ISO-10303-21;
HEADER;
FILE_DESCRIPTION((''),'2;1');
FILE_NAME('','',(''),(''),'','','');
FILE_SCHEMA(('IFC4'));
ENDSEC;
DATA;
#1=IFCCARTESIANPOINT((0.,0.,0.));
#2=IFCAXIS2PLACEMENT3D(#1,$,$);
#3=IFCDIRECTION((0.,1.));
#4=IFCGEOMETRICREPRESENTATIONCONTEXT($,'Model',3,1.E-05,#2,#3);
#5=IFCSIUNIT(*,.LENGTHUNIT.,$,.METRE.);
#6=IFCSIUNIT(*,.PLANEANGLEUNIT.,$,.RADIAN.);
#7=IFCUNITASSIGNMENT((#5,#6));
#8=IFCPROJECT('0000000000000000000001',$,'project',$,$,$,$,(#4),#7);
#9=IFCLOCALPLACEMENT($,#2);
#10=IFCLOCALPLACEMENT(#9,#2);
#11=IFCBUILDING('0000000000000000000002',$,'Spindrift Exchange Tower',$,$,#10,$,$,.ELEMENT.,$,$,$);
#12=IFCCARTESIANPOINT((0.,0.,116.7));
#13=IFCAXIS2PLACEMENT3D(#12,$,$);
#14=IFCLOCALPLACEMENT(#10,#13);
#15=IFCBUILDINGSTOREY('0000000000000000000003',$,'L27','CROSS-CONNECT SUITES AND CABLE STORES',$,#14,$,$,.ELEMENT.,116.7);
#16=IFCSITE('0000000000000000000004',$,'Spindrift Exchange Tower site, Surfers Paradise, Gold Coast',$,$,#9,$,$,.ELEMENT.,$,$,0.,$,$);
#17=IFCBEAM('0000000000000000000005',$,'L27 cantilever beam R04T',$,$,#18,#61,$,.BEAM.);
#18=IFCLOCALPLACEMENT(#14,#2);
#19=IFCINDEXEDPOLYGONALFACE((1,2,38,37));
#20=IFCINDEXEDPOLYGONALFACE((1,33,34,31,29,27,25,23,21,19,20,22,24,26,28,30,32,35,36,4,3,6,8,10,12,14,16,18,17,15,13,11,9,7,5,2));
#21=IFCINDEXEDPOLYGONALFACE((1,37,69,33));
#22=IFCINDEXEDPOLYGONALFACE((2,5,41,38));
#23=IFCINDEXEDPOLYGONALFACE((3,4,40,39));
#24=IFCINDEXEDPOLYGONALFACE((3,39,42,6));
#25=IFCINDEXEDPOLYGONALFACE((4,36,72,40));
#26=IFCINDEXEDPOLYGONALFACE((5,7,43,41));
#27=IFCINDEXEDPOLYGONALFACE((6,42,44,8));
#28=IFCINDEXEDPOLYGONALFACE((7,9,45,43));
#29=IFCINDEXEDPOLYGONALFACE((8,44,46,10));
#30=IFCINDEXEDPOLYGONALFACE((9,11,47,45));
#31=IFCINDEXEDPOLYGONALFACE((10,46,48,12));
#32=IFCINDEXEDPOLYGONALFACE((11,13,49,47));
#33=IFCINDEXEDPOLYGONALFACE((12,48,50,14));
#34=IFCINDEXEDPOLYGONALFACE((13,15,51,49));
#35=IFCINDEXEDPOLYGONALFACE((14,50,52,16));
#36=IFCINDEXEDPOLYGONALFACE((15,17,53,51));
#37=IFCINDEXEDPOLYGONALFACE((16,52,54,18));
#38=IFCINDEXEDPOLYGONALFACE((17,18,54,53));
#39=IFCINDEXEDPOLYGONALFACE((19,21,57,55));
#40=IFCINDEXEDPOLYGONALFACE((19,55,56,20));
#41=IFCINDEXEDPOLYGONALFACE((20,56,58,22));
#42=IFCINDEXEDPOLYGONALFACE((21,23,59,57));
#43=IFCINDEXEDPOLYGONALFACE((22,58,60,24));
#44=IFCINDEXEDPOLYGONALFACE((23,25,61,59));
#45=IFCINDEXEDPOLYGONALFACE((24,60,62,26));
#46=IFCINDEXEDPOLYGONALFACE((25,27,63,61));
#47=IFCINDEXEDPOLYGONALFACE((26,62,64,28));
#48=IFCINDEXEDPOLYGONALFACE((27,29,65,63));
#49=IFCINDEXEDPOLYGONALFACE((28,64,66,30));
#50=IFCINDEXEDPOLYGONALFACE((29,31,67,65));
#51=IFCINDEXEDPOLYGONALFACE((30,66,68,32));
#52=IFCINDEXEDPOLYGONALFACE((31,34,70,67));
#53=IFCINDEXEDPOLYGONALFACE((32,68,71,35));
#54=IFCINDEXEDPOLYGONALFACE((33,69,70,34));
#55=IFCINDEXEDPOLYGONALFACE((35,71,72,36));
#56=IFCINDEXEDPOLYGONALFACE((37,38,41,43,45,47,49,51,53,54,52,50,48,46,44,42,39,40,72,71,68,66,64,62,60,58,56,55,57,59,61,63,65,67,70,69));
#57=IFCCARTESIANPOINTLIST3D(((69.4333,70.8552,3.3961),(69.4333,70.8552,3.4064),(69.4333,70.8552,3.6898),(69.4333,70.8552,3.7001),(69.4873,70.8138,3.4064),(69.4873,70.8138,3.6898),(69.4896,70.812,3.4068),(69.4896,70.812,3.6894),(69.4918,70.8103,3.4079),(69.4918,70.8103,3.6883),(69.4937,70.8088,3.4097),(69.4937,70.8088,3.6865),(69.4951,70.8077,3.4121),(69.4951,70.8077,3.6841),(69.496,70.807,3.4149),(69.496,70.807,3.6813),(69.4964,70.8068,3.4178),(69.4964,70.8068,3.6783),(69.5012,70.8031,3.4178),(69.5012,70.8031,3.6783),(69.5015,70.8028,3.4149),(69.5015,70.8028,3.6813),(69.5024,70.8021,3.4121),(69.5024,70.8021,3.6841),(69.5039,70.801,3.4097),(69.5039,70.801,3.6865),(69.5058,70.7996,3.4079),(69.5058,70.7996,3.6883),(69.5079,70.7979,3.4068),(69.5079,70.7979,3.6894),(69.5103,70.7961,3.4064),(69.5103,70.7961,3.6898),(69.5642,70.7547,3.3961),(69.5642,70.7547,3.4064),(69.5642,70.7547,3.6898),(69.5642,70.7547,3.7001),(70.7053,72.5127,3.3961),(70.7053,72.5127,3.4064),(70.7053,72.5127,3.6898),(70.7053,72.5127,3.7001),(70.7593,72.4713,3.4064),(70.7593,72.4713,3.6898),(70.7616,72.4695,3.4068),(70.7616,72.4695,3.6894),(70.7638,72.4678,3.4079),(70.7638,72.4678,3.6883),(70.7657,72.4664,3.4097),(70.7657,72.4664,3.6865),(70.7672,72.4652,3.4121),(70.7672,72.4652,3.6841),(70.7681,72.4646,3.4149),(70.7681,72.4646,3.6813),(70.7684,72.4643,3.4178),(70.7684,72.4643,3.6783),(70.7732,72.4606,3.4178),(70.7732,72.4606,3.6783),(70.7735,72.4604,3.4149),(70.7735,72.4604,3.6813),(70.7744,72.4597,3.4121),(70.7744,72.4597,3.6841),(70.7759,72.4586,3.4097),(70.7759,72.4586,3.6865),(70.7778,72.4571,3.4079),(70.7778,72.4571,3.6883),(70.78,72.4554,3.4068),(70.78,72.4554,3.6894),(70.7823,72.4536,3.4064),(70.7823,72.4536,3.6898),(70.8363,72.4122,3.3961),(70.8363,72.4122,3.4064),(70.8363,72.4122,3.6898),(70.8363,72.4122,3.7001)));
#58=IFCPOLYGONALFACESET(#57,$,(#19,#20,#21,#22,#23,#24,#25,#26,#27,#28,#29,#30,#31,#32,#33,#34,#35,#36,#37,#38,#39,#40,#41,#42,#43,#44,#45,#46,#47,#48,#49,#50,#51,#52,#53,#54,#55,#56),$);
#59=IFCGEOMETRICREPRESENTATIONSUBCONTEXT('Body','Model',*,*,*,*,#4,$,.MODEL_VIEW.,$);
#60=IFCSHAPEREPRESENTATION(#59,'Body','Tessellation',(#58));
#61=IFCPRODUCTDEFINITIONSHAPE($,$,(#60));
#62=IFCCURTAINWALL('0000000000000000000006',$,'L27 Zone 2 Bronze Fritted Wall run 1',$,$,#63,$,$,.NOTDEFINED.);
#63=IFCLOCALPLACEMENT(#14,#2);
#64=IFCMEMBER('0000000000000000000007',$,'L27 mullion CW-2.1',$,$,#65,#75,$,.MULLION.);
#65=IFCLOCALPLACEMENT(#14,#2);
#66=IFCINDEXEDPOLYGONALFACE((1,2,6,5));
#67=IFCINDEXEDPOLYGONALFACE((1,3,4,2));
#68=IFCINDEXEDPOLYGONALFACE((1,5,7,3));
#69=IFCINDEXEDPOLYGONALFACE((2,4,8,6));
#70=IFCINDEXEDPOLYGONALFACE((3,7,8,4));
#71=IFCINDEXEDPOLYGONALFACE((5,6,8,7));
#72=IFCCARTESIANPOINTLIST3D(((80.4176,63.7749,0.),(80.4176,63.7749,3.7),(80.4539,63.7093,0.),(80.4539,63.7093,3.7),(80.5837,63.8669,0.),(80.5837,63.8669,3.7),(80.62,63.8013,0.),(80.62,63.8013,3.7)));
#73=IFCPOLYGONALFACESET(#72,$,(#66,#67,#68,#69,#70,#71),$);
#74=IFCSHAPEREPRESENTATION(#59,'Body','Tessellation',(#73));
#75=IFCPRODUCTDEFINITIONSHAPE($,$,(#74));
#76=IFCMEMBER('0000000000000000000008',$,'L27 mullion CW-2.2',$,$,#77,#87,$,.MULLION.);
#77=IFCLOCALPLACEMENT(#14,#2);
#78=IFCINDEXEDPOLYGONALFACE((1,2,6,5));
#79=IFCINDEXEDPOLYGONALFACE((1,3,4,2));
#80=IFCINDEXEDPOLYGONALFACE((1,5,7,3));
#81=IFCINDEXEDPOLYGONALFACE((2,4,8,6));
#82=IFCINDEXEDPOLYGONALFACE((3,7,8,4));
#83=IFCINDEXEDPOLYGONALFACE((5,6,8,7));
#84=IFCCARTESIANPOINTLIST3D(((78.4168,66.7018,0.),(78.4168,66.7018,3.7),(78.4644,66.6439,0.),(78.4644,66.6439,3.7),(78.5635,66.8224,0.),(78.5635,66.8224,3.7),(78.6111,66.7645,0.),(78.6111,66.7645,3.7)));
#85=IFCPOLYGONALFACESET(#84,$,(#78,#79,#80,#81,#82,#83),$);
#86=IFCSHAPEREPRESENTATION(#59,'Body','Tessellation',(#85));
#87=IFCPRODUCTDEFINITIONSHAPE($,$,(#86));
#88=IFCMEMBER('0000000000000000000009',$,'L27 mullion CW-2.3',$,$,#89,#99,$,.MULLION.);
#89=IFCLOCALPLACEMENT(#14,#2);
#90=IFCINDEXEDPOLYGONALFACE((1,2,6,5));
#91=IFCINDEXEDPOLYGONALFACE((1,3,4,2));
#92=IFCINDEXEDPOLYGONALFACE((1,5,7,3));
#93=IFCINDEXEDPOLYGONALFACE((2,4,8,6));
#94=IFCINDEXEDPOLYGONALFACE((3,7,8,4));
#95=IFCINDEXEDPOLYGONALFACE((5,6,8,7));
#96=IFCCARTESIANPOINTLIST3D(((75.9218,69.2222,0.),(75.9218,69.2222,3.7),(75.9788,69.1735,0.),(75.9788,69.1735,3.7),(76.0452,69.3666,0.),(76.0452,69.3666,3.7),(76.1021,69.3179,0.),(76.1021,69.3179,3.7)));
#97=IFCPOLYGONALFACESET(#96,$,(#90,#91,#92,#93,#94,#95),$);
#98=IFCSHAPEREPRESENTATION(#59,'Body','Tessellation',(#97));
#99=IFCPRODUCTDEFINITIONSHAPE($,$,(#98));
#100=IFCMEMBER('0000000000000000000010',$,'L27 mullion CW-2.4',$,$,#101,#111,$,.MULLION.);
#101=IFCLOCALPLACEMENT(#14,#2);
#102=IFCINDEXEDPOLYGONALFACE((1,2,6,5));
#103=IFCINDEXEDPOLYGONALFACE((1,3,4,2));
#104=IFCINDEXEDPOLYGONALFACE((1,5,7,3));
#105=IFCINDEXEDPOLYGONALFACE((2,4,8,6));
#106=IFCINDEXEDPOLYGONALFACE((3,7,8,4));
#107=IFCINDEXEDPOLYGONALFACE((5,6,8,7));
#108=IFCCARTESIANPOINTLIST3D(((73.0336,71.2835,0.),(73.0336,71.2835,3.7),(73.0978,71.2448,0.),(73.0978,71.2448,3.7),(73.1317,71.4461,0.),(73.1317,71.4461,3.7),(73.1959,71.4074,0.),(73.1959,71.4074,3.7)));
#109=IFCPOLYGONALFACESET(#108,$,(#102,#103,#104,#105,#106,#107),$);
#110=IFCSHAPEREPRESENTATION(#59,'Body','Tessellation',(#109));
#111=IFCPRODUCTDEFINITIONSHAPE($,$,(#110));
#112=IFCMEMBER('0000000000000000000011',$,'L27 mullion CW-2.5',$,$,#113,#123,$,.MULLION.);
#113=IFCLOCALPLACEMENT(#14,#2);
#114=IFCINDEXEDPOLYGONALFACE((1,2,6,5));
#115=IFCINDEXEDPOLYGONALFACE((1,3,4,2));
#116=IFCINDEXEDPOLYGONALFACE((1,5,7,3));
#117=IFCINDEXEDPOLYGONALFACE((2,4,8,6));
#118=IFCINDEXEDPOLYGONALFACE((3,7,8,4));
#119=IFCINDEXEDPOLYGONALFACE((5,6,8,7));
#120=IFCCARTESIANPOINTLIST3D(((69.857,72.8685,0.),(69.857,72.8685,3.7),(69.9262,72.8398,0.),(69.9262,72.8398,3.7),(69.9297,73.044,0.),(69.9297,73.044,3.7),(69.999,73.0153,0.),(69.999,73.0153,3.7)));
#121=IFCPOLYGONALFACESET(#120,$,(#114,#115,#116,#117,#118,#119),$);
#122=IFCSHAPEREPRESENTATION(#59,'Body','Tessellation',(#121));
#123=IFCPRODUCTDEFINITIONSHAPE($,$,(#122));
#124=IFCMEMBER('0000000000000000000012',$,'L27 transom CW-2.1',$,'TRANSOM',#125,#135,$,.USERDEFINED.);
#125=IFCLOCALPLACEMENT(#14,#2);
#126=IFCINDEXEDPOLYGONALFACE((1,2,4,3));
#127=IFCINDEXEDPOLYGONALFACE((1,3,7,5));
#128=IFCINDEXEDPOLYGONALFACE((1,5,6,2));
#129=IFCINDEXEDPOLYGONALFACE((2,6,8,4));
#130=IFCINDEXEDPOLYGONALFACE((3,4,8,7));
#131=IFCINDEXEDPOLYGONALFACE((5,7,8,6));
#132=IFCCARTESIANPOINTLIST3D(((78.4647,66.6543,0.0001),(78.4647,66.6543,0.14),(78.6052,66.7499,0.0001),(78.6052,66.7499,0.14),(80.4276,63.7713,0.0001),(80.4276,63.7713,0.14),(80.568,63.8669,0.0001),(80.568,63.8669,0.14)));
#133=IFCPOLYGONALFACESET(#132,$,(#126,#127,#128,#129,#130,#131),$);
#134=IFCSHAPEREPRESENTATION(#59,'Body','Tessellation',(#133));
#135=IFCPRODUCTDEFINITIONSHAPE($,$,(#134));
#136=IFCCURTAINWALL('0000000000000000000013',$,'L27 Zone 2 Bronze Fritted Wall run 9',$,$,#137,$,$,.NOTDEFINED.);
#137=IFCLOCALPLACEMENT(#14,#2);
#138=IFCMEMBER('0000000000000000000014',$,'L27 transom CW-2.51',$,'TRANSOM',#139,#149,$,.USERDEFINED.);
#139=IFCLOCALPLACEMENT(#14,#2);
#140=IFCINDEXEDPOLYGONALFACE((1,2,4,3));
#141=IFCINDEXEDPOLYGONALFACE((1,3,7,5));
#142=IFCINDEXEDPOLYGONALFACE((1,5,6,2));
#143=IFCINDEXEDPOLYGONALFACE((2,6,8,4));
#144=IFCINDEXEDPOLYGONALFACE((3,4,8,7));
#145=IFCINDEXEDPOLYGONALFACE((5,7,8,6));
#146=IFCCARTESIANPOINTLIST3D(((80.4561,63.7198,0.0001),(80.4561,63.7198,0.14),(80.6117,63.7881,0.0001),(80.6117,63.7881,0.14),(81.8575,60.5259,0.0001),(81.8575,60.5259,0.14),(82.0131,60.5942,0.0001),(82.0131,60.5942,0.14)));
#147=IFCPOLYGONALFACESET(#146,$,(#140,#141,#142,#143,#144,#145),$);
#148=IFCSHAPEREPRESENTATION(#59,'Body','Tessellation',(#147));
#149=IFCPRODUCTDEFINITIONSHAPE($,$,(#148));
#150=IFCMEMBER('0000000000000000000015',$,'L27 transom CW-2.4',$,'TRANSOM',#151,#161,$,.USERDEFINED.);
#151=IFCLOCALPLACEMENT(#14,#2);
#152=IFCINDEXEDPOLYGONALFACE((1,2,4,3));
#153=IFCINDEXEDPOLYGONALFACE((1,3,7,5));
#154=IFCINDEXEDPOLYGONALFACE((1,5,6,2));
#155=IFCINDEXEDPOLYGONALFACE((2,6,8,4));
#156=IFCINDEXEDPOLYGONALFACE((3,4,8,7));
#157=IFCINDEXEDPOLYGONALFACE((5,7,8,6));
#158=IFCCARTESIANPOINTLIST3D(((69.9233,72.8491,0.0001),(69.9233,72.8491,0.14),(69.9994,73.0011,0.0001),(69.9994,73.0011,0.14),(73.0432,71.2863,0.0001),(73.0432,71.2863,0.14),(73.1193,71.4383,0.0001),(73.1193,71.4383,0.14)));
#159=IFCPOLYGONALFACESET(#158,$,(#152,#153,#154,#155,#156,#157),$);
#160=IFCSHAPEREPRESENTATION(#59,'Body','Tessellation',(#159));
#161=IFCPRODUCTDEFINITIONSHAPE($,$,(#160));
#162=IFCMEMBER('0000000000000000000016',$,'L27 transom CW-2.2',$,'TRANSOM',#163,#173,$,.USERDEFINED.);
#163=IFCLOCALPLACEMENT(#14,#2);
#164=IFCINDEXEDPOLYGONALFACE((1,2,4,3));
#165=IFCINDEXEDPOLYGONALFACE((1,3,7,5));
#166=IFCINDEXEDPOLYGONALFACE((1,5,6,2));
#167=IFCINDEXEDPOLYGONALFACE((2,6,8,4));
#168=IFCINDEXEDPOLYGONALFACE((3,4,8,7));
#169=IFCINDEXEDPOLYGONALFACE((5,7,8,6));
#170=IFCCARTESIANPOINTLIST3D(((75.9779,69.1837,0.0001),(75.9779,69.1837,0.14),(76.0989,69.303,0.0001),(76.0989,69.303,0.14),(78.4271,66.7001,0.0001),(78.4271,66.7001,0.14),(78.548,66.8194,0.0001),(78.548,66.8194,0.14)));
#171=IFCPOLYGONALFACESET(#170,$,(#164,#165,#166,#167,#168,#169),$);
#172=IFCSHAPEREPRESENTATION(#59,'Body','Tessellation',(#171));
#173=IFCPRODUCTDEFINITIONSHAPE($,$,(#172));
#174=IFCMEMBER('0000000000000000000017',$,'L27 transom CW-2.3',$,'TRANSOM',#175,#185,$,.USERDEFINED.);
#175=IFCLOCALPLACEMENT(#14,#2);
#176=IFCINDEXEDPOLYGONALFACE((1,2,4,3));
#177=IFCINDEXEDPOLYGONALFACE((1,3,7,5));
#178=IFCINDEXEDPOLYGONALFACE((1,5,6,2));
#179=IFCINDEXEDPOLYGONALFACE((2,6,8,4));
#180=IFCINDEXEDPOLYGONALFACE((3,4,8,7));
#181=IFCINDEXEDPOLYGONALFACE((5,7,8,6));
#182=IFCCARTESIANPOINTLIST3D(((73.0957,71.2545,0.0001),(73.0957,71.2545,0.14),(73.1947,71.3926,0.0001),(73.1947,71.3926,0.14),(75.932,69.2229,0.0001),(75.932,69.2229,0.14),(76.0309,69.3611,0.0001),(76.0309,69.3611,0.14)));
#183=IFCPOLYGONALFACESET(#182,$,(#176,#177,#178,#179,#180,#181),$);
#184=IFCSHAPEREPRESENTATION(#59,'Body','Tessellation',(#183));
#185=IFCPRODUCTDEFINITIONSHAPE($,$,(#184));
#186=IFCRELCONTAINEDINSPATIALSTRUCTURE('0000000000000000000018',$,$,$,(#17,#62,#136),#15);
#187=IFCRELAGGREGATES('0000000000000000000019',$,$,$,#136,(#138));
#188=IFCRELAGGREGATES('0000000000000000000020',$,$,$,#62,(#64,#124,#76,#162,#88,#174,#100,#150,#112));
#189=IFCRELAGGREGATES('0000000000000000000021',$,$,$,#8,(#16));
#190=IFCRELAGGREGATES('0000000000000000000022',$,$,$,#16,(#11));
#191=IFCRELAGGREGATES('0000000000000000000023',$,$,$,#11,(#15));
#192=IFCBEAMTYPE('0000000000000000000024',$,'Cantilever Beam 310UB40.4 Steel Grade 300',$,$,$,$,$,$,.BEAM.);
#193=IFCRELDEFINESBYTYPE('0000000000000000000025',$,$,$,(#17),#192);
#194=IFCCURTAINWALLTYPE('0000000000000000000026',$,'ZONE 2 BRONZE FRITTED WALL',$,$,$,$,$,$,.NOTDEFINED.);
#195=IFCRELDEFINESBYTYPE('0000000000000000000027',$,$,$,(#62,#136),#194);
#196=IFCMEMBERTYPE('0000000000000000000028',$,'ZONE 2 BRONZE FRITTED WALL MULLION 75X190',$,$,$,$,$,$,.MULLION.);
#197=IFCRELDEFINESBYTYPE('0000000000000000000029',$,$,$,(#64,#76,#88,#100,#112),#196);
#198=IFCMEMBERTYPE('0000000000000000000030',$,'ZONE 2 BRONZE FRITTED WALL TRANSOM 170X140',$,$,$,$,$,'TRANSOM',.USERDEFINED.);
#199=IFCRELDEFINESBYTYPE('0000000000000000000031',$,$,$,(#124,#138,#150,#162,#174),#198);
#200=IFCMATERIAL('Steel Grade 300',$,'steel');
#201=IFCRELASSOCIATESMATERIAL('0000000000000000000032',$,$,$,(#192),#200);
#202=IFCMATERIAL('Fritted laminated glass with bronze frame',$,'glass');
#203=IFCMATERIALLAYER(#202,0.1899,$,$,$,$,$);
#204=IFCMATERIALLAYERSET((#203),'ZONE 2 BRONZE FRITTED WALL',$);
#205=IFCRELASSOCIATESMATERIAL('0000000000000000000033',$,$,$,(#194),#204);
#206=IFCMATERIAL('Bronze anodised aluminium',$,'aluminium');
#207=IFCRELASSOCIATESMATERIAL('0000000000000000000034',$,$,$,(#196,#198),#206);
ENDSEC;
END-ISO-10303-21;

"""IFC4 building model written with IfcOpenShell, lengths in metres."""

from ifc_helpers import new_model, si_unit, direction, frame, origin, origin_2d, place, context, subcontext, project, spatial, rectangle, i_section, extrude, source, transform, mapped, material, layer, layer_set, material_profile, profile_set, type_object, element, aggregate, save


model = new_model("IFC4")

# Units and contexts
model_context = context("Model", 3, precision=1e-05, world=origin(), true_north=direction((0.0, 1.0)))
body_context = subcontext(model_context, "Body", "Model", "MODEL_VIEW")
ifc_project = project(units=[si_unit("LENGTHUNIT", "METRE"), si_unit("PLANEANGLEUNIT", "RADIAN")], contexts=[model_context])

# Site, building, storey
site_placement = place(None, origin())
site = spatial("IfcSite", under=ifc_project, at=site_placement, Name="Spindrift Exchange Tower site, Surfers Paradise, Gold Coast", CompositionType="ELEMENT", RefElevation=0.0)
building_placement = place(site_placement, origin())
building = spatial("IfcBuilding", under=site, at=building_placement, Name="Spindrift Exchange Tower", CompositionType="ELEMENT")
storey_placement = place(building_placement, frame((0.0, 0.0, 116.7)))
storey = spatial("IfcBuildingStorey", under=building, at=storey_placement, Name="L27", Description="CROSS-CONNECT SUITES AND CABLE STORES", CompositionType="ELEMENT", Elevation=116.7)

# Beam
ifc_material_1 = material(Name="Steel Grade 300", Category="steel")
ifc_material_profile_1 = material_profile(ifc_material_1, i_section(OverallWidth=0.165, OverallDepth=0.304, WebThickness=0.0061, FlangeThickness=0.0103, FilletRadius=0.0115, at=origin_2d()), Name="310UB40.4")
ifc_profile_set_1 = profile_set([ifc_material_profile_1], Name="Steel Grade 300")
beam_type_1 = type_object("IfcBeamType", Name="Cantilever Beam 310UB40.4 Steel Grade 300", PredefinedType="BEAM", material=ifc_profile_set_1)
shared_shape_1 = source(origin(), body_context, "Body", "SweptSolid", [
    extrude(i_section(OverallWidth=0.165, OverallDepth=0.304, WebThickness=0.0061, FlangeThickness=0.0103, FilletRadius=0.0115, at=origin_2d()), origin(), (0.0, 0.0, 1.0), 2.0894),
])
beam_1_placement = place(storey_placement, frame((69.4988, 70.8049, 3.5481), z_axis=(0.608807, 0.793319, 0.0), x_axis=(-0.793319, 0.608807, 0.0)))
element("IfcBeam", 1, at=beam_1_placement, inside=storey, type_object=beam_type_1, Name="L27 cantilever beam R04T", PredefinedType="BEAM", context=body_context, shape_type="MappedRepresentation", body=[
    mapped(shared_shape_1, transform((0.0, 0.0, 0.0), scale=1.0)),
])

# Curtain wall, members
ifc_material_2 = material(Name="Fritted laminated glass with bronze frame", Category="glass")
ifc_layer_1 = layer(ifc_material_2, 0.1899)
ifc_layer_set_1 = layer_set([ifc_layer_1], Name="ZONE 2 BRONZE FRITTED WALL")
curtain_wall_type = type_object("IfcCurtainWallType", Name="ZONE 2 BRONZE FRITTED WALL", PredefinedType="NOTDEFINED", material=ifc_layer_set_1)
curtain_wall_1_placement = place(storey_placement, origin())
curtain_wall_1 = element("IfcCurtainWall", 2, at=curtain_wall_1_placement, inside=storey, type_object=curtain_wall_type, Name="L27 Zone 2 Bronze Fritted Wall run 1", PredefinedType="NOTDEFINED")
ifc_material_3 = material(Name="Bronze anodised aluminium", Category="aluminium")
ifc_material_profile_2 = material_profile(ifc_material_3, rectangle(XDim=0.075, YDim=0.1899, at=origin_2d()), Name="ZONE 2 BRONZE FRITTED WALL MULLION 75X190")
ifc_profile_set_2 = profile_set([ifc_material_profile_2], Name="Bronze anodised aluminium")
member_type_1 = type_object("IfcMemberType", Name="ZONE 2 BRONZE FRITTED WALL MULLION 75X190", PredefinedType="MULLION", material=ifc_profile_set_2)
shared_shape_2 = source(origin(), body_context, "Body", "SweptSolid", [
    extrude(rectangle(XDim=0.075, YDim=0.1899, at=origin_2d()), origin(), (0.0, 0.0, 1.0), 3.7),
])
member_1_placement = place(storey_placement, frame((80.5188, 63.7881, 0.0), z_axis=(0.0, 0.0, 1.0), x_axis=(-0.484344, 0.874878, 0.0)))
member_1 = element("IfcMember", 3, at=member_1_placement, type_object=member_type_1, Name="L27 mullion CW-2.1", PredefinedType="MULLION", context=body_context, shape_type="MappedRepresentation", body=[
    mapped(shared_shape_2, transform((0.0, 0.0, 0.0), scale=1.0)),
])
member_2_placement = place(storey_placement, frame((78.5139, 66.7332, 0.0), z_axis=(0.0, 0.0, 1.0), x_axis=(-0.635073, 0.772452, 0.0)))
member_2 = element("IfcMember", 4, at=member_2_placement, type_object=member_type_1, Name="L27 mullion CW-2.2", PredefinedType="MULLION", context=body_context, shape_type="MappedRepresentation", body=[
    mapped(shared_shape_2, transform((0.0, 0.0, 0.0), scale=1.0)),
])
member_3_placement = place(storey_placement, frame((76.012, 69.27, 0.0), z_axis=(0.0, 0.0, 1.0), x_axis=(-0.760324, 0.649544, 0.0)))
member_3 = element("IfcMember", 5, at=member_3_placement, type_object=member_type_1, Name="L27 mullion CW-2.3", PredefinedType="MULLION", context=body_context, shape_type="MappedRepresentation", body=[
    mapped(shared_shape_2, transform((0.0, 0.0, 0.0), scale=1.0)),
])
member_4_placement = place(storey_placement, frame((73.1147, 71.3455, 0.0), z_axis=(0.0, 0.0, 1.0), x_axis=(-0.856164, 0.516704, 0.0)))
member_4 = element("IfcMember", 6, at=member_4_placement, type_object=member_type_1, Name="L27 mullion CW-2.4", PredefinedType="MULLION", context=body_context, shape_type="MappedRepresentation", body=[
    mapped(shared_shape_2, transform((0.0, 0.0, 0.0), scale=1.0)),
])
member_5_placement = place(storey_placement, frame((69.928, 72.9419, 0.0), z_axis=(0.0, 0.0, 1.0), x_axis=(-0.923748, 0.383001, 0.0)))
member_5 = element("IfcMember", 7, at=member_5_placement, type_object=member_type_1, Name="L27 mullion CW-2.5", PredefinedType="MULLION", context=body_context, shape_type="MappedRepresentation", body=[
    mapped(shared_shape_2, transform((0.0, 0.0, 0.0), scale=1.0)),
])
ifc_material_profile_3 = material_profile(ifc_material_3, rectangle(XDim=0.1699, YDim=0.1399, at=origin_2d()), Name="ZONE 2 BRONZE FRITTED WALL TRANSOM 170X140")
ifc_profile_set_3 = profile_set([ifc_material_profile_3], Name="Bronze anodised aluminium")
member_type_2 = type_object("IfcMemberType", Name="ZONE 2 BRONZE FRITTED WALL TRANSOM 170X140", ElementType="TRANSOM", PredefinedType="USERDEFINED", material=ifc_profile_set_3)
shared_shape_3 = source(origin(), body_context, "Body", "SweptSolid", [
    extrude(rectangle(XDim=0.1699, YDim=0.1399, at=origin_2d()), origin(), (0.0, 0.0, 1.0), 3.4878),
])
member_6_placement = place(storey_placement, frame((80.4978, 63.8191, 0.0701), z_axis=(-0.562783, 0.826605, 0.0), x_axis=(-0.826605, -0.562783, 0.0)))
member_6 = element("IfcMember", 8, at=member_6_placement, type_object=member_type_2, Name="L27 transom CW-2.1", ObjectType="TRANSOM", PredefinedType="USERDEFINED", context=body_context, shape_type="MappedRepresentation", body=[
    mapped(shared_shape_3, transform((0.0, 0.0, 0.0), scale=1.0)),
])

# Curtain wall, member
curtain_wall_2_placement = place(storey_placement, origin())
curtain_wall_2 = element("IfcCurtainWall", 9, at=curtain_wall_2_placement, inside=storey, type_object=curtain_wall_type, Name="L27 Zone 2 Bronze Fritted Wall run 9", PredefinedType="NOTDEFINED")
member_7_placement = place(storey_placement, frame((81.9353, 60.5601, 0.0701), z_axis=(-0.401795, 0.915729, 0.0), x_axis=(-0.915729, -0.401795, 0.0)))
member_7 = element("IfcMember", 10, at=member_7_placement, type_object=member_type_2, Name="L27 transom CW-2.51", ObjectType="TRANSOM", PredefinedType="USERDEFINED", context=body_context, shape_type="MappedRepresentation", body=[
    mapped(shared_shape_3, transform((0.0, 0.0, 0.0), scale=1.0)),
])

# Members
shared_shape_4 = source(origin(), body_context, "Body", "SweptSolid", [
    extrude(rectangle(XDim=0.1699, YDim=0.1399, at=origin_2d()), origin(), (0.0, 0.0, 1.0), 3.4895),
])
member_8_placement = place(storey_placement, frame((73.0813, 71.3623, 0.0701), z_axis=(-0.894105, 0.447857, 0.0), x_axis=(-0.447857, -0.894105, 0.0)))
member_8 = element("IfcMember", 11, at=member_8_placement, type_object=member_type_2, Name="L27 transom CW-2.4", ObjectType="TRANSOM", PredefinedType="USERDEFINED", context=body_context, shape_type="MappedRepresentation", body=[
    mapped(shared_shape_4, transform((0.0, 0.0, 0.0), scale=1.0)),
])
shared_shape_5 = source(origin(), body_context, "Body", "SweptSolid", [
    extrude(rectangle(XDim=0.1699, YDim=0.1399, at=origin_2d()), origin(), (0.0, 0.0, 1.0), 3.488),
])
member_9_placement = place(storey_placement, frame((78.4875, 66.7598, 0.0701), z_axis=(-0.702155, 0.712024, 0.0), x_axis=(-0.712024, -0.702155, 0.0)))
member_9 = element("IfcMember", 12, at=member_9_placement, type_object=member_type_2, Name="L27 transom CW-2.2", ObjectType="TRANSOM", PredefinedType="USERDEFINED", context=body_context, shape_type="MappedRepresentation", body=[
    mapped(shared_shape_5, transform((0.0, 0.0, 0.0), scale=1.0)),
])
shared_shape_6 = source(origin(), body_context, "Body", "SweptSolid", [
    extrude(rectangle(XDim=0.1699, YDim=0.1399, at=origin_2d()), origin(), (0.0, 0.0, 1.0), 3.4888),
])
member_10_placement = place(storey_placement, frame((75.9814, 69.292, 0.0701), z_axis=(-0.812967, 0.58231, 0.0), x_axis=(-0.58231, -0.812967, 0.0)))
member_10 = element("IfcMember", 13, at=member_10_placement, type_object=member_type_2, Name="L27 transom CW-2.3", ObjectType="TRANSOM", PredefinedType="USERDEFINED", context=body_context, shape_type="MappedRepresentation", body=[
    mapped(shared_shape_6, transform((0.0, 0.0, 0.0), scale=1.0)),
])

aggregate(curtain_wall_2, [member_7])
aggregate(curtain_wall_1, [member_1, member_6, member_2, member_9, member_3, member_10, member_4, member_8, member_5])

save(model, "model.ifc")
